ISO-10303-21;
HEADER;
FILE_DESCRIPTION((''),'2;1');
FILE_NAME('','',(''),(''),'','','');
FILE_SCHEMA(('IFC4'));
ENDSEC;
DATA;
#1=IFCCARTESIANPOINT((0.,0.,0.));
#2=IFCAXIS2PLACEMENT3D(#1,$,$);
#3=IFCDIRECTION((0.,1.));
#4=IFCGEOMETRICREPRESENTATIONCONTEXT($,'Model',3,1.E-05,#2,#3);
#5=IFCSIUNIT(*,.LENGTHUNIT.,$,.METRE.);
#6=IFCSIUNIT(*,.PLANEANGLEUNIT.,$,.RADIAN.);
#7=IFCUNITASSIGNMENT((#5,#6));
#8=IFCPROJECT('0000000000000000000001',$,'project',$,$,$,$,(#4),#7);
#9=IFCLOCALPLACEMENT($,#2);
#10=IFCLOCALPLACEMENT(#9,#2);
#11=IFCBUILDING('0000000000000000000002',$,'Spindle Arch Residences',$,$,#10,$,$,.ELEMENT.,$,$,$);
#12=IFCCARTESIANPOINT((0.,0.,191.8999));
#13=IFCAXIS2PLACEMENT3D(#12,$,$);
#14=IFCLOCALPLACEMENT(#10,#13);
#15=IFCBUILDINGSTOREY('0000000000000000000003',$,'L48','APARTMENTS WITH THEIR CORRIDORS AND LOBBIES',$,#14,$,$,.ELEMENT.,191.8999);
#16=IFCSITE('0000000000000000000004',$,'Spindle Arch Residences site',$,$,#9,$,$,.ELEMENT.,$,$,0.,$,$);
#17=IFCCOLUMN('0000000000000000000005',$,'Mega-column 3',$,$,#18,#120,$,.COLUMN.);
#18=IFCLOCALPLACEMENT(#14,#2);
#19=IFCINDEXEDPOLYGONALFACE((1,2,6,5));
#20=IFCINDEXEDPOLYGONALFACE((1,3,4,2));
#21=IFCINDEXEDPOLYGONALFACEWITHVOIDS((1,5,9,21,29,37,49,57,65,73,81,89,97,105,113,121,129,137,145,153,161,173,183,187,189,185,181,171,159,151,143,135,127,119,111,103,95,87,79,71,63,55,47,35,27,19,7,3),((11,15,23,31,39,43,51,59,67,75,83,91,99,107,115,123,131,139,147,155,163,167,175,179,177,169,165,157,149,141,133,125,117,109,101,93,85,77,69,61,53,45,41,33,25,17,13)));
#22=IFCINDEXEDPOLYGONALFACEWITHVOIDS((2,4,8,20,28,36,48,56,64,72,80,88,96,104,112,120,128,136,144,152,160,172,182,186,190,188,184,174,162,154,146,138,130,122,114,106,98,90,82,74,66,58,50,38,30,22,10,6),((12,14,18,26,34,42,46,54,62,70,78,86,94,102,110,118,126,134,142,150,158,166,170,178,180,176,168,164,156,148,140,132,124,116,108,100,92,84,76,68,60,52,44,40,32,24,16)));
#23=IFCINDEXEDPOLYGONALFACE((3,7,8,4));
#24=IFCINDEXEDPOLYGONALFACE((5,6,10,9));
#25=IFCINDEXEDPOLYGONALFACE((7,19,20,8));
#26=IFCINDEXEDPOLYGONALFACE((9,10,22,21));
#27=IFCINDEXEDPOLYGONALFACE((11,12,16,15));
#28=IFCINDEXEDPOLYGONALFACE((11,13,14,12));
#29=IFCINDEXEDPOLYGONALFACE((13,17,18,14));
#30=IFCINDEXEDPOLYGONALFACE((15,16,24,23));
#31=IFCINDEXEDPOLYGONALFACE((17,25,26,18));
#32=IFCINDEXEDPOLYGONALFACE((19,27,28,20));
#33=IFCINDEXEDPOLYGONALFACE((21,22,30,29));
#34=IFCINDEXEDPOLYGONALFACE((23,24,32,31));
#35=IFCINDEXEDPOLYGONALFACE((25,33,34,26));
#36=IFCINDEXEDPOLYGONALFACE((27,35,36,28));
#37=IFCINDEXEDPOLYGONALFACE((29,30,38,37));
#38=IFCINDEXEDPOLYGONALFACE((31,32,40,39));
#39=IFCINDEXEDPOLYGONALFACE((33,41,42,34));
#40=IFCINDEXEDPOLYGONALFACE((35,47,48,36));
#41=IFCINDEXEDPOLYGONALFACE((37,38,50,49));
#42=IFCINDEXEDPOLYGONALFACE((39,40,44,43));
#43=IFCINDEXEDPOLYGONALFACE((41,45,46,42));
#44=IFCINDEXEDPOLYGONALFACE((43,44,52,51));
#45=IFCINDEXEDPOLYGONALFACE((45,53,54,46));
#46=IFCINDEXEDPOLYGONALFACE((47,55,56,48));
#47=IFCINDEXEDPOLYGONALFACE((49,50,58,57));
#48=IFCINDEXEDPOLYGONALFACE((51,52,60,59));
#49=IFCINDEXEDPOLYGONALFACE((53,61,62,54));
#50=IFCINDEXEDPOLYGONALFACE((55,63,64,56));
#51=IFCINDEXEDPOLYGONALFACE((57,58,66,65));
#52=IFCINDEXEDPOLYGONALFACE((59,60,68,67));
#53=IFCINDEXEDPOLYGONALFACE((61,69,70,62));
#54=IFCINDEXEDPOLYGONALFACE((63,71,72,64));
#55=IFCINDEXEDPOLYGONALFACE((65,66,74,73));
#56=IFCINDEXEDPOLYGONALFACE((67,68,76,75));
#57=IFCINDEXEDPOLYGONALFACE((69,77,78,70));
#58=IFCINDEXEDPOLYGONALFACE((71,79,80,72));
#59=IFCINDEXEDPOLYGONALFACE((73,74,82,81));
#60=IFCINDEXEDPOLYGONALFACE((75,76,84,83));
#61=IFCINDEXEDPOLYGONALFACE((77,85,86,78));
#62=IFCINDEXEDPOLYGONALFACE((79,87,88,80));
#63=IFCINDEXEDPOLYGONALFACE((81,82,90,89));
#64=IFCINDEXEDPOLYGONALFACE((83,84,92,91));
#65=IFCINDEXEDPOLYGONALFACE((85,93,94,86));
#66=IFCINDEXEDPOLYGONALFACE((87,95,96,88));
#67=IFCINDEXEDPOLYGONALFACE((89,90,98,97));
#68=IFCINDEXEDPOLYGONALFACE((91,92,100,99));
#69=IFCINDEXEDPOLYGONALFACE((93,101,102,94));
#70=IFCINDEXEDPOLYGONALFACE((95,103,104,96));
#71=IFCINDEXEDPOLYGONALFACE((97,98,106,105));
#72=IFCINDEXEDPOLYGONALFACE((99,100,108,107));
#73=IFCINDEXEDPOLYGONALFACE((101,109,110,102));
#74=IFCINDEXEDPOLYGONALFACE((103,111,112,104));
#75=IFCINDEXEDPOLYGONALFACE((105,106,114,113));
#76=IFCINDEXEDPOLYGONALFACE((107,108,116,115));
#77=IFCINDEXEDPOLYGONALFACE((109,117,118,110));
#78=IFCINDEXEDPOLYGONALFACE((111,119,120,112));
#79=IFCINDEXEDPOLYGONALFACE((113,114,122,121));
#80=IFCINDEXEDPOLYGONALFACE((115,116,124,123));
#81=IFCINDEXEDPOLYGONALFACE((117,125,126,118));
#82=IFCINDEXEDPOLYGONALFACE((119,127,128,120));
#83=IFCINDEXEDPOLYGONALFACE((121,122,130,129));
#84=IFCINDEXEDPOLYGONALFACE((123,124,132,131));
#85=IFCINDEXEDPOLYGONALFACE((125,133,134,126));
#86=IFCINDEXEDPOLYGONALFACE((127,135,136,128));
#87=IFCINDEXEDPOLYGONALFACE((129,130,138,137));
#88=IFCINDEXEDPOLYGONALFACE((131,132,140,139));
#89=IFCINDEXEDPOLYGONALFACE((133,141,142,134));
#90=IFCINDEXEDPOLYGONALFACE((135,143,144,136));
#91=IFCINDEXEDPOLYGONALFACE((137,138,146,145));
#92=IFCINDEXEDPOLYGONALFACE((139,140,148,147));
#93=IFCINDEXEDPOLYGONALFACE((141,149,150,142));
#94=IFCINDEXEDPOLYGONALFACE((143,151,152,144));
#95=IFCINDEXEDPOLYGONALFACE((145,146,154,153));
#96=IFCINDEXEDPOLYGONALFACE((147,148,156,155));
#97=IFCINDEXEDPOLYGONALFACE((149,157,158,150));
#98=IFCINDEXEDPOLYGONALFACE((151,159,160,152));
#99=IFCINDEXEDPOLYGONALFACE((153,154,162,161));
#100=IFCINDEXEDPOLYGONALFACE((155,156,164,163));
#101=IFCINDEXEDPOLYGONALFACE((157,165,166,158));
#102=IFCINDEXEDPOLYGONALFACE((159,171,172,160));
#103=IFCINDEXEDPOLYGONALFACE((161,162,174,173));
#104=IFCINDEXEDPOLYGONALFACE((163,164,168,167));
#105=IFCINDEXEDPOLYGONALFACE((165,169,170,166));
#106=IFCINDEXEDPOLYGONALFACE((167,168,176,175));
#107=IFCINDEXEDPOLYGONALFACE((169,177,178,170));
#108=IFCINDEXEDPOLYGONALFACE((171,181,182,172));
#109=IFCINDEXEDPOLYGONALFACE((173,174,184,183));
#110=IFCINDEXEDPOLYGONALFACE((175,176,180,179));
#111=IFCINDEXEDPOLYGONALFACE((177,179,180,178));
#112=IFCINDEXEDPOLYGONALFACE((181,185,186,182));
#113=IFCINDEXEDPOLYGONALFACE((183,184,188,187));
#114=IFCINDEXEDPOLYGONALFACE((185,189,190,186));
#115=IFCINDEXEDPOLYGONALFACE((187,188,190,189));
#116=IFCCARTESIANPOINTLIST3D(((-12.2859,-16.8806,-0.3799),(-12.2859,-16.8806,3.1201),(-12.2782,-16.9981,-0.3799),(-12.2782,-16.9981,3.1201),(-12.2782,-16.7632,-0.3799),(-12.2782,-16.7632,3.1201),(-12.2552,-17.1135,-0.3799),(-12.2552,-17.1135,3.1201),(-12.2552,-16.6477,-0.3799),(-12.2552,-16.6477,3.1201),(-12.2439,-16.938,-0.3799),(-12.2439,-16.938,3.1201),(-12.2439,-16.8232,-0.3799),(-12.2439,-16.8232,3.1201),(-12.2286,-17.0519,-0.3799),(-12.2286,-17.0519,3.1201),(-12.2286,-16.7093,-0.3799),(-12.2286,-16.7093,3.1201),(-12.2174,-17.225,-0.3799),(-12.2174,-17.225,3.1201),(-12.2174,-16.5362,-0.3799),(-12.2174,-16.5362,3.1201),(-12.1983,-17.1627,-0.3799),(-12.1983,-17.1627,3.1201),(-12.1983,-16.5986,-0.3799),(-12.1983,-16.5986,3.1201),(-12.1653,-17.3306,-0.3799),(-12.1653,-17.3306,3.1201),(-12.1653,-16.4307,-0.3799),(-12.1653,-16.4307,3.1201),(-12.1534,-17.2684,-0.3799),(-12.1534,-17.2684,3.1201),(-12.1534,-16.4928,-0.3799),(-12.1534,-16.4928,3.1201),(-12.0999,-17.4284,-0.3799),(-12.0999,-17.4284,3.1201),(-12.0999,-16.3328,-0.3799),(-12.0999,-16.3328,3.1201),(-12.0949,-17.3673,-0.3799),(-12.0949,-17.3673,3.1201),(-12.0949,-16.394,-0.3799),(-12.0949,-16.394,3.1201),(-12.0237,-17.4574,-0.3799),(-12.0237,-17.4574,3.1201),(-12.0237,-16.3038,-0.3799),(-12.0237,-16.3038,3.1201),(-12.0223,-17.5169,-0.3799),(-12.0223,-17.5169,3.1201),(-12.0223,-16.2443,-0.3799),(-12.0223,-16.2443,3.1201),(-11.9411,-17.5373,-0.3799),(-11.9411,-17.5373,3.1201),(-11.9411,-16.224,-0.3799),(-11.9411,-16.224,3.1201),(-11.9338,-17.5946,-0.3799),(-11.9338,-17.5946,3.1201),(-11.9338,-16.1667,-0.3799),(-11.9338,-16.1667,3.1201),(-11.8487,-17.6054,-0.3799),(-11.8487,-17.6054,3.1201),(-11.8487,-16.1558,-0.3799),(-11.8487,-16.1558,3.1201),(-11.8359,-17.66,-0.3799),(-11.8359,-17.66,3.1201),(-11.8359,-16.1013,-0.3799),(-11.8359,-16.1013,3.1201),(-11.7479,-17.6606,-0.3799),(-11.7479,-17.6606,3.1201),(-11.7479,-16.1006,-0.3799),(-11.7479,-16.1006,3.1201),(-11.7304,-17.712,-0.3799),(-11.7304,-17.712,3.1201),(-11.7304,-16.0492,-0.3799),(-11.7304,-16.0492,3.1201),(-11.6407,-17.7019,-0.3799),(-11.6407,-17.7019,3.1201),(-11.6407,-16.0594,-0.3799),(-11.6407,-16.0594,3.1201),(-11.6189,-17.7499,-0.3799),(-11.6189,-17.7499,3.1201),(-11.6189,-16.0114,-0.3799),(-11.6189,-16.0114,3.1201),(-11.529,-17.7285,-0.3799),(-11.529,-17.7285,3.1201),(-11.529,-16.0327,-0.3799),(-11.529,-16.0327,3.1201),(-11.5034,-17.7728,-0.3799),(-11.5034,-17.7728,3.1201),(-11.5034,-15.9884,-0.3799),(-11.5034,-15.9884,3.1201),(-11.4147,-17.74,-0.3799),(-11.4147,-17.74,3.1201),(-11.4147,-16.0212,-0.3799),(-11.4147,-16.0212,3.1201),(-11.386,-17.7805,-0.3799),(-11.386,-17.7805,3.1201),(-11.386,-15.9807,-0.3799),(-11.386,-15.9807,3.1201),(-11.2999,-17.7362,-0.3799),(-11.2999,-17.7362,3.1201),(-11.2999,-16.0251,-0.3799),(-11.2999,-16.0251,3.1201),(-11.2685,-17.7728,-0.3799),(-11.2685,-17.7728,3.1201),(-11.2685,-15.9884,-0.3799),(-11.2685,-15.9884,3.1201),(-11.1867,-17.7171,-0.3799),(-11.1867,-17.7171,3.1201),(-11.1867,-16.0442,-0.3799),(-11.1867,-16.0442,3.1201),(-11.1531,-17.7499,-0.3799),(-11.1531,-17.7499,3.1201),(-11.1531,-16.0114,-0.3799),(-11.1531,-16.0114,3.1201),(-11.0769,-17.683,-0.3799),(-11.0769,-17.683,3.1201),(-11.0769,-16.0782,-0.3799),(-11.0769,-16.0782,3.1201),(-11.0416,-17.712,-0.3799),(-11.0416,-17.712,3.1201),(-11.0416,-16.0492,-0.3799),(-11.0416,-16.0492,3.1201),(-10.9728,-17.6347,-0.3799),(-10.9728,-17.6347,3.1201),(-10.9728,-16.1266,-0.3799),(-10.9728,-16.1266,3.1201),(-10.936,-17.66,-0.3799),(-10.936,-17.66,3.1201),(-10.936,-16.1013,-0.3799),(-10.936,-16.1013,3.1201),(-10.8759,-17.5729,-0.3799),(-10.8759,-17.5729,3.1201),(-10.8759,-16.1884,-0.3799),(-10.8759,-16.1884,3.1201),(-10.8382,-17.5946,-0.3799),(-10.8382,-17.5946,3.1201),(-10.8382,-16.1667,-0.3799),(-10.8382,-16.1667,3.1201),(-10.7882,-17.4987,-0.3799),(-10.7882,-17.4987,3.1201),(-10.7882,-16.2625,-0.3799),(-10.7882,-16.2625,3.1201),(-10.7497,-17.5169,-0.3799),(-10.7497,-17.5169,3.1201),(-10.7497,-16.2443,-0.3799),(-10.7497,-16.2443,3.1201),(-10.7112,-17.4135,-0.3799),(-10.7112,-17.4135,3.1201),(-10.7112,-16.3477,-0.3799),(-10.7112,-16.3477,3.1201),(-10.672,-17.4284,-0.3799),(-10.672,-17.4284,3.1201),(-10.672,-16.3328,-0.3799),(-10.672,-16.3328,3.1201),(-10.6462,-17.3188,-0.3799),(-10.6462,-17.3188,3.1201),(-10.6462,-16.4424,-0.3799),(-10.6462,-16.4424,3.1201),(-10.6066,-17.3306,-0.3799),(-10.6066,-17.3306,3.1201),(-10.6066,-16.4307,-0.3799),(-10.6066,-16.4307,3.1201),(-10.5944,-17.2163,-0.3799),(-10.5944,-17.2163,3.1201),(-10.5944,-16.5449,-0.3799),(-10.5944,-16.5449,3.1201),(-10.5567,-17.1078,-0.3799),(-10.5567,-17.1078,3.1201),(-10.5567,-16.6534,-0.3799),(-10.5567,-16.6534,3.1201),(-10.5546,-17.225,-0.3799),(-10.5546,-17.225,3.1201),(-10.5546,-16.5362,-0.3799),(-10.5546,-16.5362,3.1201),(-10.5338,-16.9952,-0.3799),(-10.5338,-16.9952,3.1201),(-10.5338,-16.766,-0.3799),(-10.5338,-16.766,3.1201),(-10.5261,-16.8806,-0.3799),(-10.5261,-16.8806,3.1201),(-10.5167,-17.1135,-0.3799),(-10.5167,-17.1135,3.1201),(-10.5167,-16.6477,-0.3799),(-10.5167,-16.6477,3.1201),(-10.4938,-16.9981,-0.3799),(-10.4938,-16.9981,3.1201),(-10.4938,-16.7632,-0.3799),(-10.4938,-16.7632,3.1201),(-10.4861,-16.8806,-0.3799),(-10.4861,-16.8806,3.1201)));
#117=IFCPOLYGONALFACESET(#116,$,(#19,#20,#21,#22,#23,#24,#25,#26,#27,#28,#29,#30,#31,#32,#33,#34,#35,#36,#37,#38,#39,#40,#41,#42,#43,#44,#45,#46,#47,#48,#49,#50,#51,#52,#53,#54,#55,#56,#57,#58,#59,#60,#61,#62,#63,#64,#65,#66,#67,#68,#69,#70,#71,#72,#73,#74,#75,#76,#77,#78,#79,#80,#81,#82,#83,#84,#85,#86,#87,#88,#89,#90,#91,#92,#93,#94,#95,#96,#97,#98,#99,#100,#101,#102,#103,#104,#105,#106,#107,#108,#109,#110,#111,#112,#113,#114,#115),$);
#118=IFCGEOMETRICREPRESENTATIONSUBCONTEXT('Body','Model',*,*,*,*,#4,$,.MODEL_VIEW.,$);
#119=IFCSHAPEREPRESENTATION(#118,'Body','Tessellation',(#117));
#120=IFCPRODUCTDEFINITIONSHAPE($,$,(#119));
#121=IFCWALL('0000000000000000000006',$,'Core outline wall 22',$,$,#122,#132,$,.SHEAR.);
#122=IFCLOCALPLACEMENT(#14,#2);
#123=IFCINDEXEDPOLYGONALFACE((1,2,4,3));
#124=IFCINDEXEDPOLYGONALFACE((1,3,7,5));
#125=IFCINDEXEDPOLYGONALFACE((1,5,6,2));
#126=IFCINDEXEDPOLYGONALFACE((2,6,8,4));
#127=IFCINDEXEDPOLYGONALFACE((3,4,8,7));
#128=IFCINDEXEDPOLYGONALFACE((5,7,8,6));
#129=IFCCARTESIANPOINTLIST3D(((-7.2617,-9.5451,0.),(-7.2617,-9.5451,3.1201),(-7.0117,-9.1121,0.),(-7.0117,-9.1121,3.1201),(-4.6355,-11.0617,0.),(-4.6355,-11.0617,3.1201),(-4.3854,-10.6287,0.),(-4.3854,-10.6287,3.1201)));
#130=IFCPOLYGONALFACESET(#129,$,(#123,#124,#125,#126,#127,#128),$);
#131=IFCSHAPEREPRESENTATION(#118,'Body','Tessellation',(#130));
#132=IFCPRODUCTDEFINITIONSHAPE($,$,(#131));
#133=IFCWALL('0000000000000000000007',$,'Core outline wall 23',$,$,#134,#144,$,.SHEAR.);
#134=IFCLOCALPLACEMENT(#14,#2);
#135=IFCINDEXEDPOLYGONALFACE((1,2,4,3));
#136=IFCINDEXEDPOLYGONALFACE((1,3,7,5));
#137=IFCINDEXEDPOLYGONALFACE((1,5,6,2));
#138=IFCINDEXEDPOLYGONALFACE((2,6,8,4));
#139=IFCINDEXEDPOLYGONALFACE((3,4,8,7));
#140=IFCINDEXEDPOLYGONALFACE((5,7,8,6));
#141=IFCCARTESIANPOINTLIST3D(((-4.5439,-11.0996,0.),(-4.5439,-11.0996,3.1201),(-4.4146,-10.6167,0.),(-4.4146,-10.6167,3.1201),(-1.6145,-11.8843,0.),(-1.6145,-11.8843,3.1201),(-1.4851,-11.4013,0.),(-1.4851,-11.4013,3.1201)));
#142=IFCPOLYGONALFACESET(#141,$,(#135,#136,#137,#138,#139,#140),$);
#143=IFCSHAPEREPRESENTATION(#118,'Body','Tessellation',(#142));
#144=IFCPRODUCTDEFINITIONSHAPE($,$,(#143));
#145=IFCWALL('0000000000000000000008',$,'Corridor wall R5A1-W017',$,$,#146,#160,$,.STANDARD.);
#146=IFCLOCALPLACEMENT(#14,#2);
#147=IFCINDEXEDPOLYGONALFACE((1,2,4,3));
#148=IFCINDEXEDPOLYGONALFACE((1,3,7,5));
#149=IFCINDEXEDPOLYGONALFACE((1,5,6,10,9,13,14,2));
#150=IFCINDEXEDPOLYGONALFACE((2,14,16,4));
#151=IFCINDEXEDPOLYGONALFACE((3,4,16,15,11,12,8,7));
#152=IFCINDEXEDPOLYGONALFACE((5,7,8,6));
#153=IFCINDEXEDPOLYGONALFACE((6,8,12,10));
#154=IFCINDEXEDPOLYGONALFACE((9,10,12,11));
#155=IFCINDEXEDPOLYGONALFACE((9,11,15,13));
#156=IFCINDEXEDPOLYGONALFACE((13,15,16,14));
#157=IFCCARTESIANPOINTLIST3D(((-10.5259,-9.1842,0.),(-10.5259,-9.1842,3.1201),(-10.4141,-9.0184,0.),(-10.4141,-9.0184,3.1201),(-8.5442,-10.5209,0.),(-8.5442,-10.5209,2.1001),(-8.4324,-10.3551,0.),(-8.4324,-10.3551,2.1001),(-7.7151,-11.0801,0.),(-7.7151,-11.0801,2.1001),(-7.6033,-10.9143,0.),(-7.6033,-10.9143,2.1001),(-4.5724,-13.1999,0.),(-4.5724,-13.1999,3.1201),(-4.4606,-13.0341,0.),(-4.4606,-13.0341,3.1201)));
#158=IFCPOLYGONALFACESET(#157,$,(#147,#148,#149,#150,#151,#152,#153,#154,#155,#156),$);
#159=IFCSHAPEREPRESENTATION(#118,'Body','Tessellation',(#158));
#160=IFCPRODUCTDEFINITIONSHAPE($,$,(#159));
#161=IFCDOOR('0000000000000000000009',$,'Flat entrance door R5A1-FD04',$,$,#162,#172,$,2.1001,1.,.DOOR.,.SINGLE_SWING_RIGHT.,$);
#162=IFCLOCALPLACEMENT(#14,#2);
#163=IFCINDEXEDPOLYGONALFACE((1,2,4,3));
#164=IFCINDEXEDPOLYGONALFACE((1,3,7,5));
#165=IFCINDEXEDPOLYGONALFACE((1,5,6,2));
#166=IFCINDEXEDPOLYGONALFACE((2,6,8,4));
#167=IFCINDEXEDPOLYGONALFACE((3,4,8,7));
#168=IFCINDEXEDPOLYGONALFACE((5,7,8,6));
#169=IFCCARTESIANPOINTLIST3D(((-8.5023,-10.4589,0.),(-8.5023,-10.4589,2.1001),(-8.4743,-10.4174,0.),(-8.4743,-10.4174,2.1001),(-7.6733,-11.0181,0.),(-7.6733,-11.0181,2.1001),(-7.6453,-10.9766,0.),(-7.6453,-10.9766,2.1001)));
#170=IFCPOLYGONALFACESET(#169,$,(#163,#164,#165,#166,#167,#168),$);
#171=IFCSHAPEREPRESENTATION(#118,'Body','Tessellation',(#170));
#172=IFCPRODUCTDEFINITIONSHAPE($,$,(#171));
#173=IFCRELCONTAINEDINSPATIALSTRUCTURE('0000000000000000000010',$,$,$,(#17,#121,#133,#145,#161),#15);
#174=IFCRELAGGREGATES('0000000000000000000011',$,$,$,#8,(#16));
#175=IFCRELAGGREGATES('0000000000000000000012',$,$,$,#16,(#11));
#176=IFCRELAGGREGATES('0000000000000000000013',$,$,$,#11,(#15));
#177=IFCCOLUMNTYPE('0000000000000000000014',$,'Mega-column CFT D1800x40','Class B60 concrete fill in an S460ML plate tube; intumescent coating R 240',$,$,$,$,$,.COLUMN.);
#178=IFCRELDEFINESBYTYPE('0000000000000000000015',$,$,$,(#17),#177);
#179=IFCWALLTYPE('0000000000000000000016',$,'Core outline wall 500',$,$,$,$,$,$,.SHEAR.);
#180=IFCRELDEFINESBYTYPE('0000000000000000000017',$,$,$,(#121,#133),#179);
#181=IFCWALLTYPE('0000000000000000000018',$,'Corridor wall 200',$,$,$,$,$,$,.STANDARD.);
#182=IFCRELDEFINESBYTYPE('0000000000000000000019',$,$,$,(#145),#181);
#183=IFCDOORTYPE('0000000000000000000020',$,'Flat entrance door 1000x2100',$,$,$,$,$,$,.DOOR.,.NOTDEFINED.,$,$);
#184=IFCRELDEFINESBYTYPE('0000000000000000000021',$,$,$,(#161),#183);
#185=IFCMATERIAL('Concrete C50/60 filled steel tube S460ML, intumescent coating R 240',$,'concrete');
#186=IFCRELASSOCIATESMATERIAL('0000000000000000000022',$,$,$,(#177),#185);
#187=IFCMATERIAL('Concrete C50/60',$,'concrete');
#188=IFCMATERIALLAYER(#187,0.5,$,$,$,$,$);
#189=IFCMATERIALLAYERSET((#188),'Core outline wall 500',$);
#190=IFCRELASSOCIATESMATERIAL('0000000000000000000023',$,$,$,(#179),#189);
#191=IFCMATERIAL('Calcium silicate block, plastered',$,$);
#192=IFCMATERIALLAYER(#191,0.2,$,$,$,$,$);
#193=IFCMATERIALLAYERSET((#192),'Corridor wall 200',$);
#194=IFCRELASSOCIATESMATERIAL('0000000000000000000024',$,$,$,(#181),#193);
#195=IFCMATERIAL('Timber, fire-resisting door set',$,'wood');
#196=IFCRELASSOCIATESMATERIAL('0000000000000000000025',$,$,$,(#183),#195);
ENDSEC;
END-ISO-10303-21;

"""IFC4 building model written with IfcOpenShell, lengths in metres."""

from ifc_helpers import new_model, si_unit, direction, frame, frame_2d, origin, origin_2d, place, context, subcontext, project, spatial, rectangle, hollow_circle, extrude, material, layer, layer_set, material_profile, profile_set, type_object, element, fill, save


model = new_model("IFC4")

# Units and contexts
model_context = context("Model", 3, precision=1e-05, world=origin(), true_north=direction((0.0, 1.0)))
body_context = subcontext(model_context, "Body", "Model", "MODEL_VIEW")
ifc_project = project(units=[si_unit("LENGTHUNIT", "METRE"), si_unit("PLANEANGLEUNIT", "RADIAN")], contexts=[model_context])

# Site, building, storey
site_placement = place(None, origin())
site = spatial("IfcSite", under=ifc_project, at=site_placement, Name="Spindle Arch Residences site", CompositionType="ELEMENT", RefElevation=0.0)
building_placement = place(site_placement, origin())
building = spatial("IfcBuilding", under=site, at=building_placement, Name="Spindle Arch Residences", CompositionType="ELEMENT")
storey_placement = place(building_placement, frame((0.0, 0.0, 191.8999)))
storey = spatial("IfcBuildingStorey", under=building, at=storey_placement, Name="L48", Description="APARTMENTS WITH THEIR CORRIDORS AND LOBBIES", CompositionType="ELEMENT", Elevation=191.8999)

# Column
ifc_material_1 = material(Name="Concrete C50/60 filled steel tube S460ML, intumescent coating R 240", Category="concrete")
ifc_material_profile = material_profile(ifc_material_1, hollow_circle(Radius=0.8999, WallThickness=0.04, at=origin_2d()), Name="CFT D1800x40")
ifc_profile_set = profile_set([ifc_material_profile], Name="Concrete C50/60 filled steel tube S460ML, intumescent coating R 240")
column_type = type_object("IfcColumnType", Name="Mega-column CFT D1800x40", Description="Class B60 concrete fill in an S460ML plate tube; intumescent coating R 240", PredefinedType="COLUMN", material=ifc_profile_set)
column_placement = place(storey_placement, frame((-11.386, -16.8806, -0.3799), z_axis=(0.0, 0.0, 1.0), x_axis=(1.0, 0.0, 0.0)))
element("IfcColumn", 1, at=column_placement, inside=storey, type_object=column_type, Name="Mega-column 3", PredefinedType="COLUMN", context=body_context, shape_type="SweptSolid", body=[
    extrude(hollow_circle(Radius=0.8999, WallThickness=0.04, at=origin_2d()), origin(), (0.0, 0.0, 1.0), 3.5),
])

# Walls
ifc_material_2 = material(Name="Concrete C50/60", Category="concrete")
ifc_layer_1 = layer(ifc_material_2, 0.5)
ifc_layer_set_1 = layer_set([ifc_layer_1], Name="Core outline wall 500")
wall_type_1 = type_object("IfcWallType", Name="Core outline wall 500", PredefinedType="SHEAR", material=ifc_layer_set_1)
for number, where, z_axis, x_axis, name in (
    (2, (-7.1367, -9.3286, 0.0), (0.0, 0.0, 1.0), (0.865975, -0.500087, 0.0), "Core outline wall 22"),
    (3, (-4.4792, -10.8582, 0.0), (0.0, 0.0, 1.0), (0.965948, -0.258735, 0.0), "Core outline wall 23"),
):
    element("IfcWall", number, at=place(storey_placement, frame(where, z_axis=z_axis, x_axis=x_axis)), inside=storey, type_object=wall_type_1, Name=name, PredefinedType="SHEAR", context=body_context, shape_type="SweptSolid", body=[
        extrude(rectangle(XDim=3.0327, YDim=0.5, at=frame_2d((1.5164, 0.0))), origin(), (0.0, 0.0, 1.0), 3.1201),
    ])

# Wall, opening, door
ifc_material_3 = material(Name="Calcium silicate block, plastered")
ifc_layer_2 = layer(ifc_material_3, 0.2)
ifc_layer_set_2 = layer_set([ifc_layer_2], Name="Corridor wall 200")
wall_type_2 = type_object("IfcWallType", Name="Corridor wall 200", PredefinedType="STANDARD", material=ifc_layer_set_2)
wall_1_placement = place(storey_placement, frame((-10.47, -9.1013, 0.0), z_axis=(0.0, 0.0, 1.0), x_axis=(0.829036, -0.559195, 0.0)))
wall_1 = element("IfcWall", 4, at=wall_1_placement, inside=storey, type_object=wall_type_2, Name="Corridor wall R5A1-W017", PredefinedType="STANDARD", context=body_context, shape_type="SweptSolid", body=[
    extrude(rectangle(XDim=7.1812, YDim=0.2, at=frame_2d((3.5906, 0.0))), origin(), (0.0, 0.0, 1.0), 3.1201),
])
opening_1_placement = place(wall_1_placement, frame((2.3904, 0.0, 0.0)))
opening_1 = element("IfcOpeningElement", 5, at=opening_1_placement, cuts=wall_1, PredefinedType="OPENING", context=body_context, shape_type="SweptSolid", body=[
    extrude(rectangle(XDim=1.0, YDim=2.1001, at=frame_2d((0.5, 1.05))), frame((0.0, 0.1099, 0.0), z_axis=(0.0, -1.0, 0.0), x_axis=(1.0, 0.0, 0.0)), (0.0, 0.0, 1.0), 0.22),
])
ifc_material_4 = material(Name="Timber, fire-resisting door set", Category="wood")
door_type_1 = type_object("IfcDoorType", Name="Flat entrance door 1000x2100", OperationType="NOTDEFINED", PredefinedType="DOOR", material=ifc_material_4)
door_1_placement = place(opening_1_placement, origin())
door_1 = element("IfcDoor", 6, at=door_1_placement, inside=storey, type_object=door_type_1, Name="Flat entrance door R5A1-FD04", OperationType="SINGLE_SWING_RIGHT", OverallHeight=2.1001, OverallWidth=1.0, PredefinedType="DOOR", context=body_context, shape_type="SweptSolid", body=[
    extrude(rectangle(XDim=1.0, YDim=2.1001, at=frame_2d((0.5, 1.05))), frame((0.0, 0.0249, 0.0), z_axis=(0.0, -1.0, 0.0), x_axis=(1.0, 0.0, 0.0)), (0.0, 0.0, 1.0), 0.05),
])
fill(opening_1, door_1)

save(model, "model.ifc")
